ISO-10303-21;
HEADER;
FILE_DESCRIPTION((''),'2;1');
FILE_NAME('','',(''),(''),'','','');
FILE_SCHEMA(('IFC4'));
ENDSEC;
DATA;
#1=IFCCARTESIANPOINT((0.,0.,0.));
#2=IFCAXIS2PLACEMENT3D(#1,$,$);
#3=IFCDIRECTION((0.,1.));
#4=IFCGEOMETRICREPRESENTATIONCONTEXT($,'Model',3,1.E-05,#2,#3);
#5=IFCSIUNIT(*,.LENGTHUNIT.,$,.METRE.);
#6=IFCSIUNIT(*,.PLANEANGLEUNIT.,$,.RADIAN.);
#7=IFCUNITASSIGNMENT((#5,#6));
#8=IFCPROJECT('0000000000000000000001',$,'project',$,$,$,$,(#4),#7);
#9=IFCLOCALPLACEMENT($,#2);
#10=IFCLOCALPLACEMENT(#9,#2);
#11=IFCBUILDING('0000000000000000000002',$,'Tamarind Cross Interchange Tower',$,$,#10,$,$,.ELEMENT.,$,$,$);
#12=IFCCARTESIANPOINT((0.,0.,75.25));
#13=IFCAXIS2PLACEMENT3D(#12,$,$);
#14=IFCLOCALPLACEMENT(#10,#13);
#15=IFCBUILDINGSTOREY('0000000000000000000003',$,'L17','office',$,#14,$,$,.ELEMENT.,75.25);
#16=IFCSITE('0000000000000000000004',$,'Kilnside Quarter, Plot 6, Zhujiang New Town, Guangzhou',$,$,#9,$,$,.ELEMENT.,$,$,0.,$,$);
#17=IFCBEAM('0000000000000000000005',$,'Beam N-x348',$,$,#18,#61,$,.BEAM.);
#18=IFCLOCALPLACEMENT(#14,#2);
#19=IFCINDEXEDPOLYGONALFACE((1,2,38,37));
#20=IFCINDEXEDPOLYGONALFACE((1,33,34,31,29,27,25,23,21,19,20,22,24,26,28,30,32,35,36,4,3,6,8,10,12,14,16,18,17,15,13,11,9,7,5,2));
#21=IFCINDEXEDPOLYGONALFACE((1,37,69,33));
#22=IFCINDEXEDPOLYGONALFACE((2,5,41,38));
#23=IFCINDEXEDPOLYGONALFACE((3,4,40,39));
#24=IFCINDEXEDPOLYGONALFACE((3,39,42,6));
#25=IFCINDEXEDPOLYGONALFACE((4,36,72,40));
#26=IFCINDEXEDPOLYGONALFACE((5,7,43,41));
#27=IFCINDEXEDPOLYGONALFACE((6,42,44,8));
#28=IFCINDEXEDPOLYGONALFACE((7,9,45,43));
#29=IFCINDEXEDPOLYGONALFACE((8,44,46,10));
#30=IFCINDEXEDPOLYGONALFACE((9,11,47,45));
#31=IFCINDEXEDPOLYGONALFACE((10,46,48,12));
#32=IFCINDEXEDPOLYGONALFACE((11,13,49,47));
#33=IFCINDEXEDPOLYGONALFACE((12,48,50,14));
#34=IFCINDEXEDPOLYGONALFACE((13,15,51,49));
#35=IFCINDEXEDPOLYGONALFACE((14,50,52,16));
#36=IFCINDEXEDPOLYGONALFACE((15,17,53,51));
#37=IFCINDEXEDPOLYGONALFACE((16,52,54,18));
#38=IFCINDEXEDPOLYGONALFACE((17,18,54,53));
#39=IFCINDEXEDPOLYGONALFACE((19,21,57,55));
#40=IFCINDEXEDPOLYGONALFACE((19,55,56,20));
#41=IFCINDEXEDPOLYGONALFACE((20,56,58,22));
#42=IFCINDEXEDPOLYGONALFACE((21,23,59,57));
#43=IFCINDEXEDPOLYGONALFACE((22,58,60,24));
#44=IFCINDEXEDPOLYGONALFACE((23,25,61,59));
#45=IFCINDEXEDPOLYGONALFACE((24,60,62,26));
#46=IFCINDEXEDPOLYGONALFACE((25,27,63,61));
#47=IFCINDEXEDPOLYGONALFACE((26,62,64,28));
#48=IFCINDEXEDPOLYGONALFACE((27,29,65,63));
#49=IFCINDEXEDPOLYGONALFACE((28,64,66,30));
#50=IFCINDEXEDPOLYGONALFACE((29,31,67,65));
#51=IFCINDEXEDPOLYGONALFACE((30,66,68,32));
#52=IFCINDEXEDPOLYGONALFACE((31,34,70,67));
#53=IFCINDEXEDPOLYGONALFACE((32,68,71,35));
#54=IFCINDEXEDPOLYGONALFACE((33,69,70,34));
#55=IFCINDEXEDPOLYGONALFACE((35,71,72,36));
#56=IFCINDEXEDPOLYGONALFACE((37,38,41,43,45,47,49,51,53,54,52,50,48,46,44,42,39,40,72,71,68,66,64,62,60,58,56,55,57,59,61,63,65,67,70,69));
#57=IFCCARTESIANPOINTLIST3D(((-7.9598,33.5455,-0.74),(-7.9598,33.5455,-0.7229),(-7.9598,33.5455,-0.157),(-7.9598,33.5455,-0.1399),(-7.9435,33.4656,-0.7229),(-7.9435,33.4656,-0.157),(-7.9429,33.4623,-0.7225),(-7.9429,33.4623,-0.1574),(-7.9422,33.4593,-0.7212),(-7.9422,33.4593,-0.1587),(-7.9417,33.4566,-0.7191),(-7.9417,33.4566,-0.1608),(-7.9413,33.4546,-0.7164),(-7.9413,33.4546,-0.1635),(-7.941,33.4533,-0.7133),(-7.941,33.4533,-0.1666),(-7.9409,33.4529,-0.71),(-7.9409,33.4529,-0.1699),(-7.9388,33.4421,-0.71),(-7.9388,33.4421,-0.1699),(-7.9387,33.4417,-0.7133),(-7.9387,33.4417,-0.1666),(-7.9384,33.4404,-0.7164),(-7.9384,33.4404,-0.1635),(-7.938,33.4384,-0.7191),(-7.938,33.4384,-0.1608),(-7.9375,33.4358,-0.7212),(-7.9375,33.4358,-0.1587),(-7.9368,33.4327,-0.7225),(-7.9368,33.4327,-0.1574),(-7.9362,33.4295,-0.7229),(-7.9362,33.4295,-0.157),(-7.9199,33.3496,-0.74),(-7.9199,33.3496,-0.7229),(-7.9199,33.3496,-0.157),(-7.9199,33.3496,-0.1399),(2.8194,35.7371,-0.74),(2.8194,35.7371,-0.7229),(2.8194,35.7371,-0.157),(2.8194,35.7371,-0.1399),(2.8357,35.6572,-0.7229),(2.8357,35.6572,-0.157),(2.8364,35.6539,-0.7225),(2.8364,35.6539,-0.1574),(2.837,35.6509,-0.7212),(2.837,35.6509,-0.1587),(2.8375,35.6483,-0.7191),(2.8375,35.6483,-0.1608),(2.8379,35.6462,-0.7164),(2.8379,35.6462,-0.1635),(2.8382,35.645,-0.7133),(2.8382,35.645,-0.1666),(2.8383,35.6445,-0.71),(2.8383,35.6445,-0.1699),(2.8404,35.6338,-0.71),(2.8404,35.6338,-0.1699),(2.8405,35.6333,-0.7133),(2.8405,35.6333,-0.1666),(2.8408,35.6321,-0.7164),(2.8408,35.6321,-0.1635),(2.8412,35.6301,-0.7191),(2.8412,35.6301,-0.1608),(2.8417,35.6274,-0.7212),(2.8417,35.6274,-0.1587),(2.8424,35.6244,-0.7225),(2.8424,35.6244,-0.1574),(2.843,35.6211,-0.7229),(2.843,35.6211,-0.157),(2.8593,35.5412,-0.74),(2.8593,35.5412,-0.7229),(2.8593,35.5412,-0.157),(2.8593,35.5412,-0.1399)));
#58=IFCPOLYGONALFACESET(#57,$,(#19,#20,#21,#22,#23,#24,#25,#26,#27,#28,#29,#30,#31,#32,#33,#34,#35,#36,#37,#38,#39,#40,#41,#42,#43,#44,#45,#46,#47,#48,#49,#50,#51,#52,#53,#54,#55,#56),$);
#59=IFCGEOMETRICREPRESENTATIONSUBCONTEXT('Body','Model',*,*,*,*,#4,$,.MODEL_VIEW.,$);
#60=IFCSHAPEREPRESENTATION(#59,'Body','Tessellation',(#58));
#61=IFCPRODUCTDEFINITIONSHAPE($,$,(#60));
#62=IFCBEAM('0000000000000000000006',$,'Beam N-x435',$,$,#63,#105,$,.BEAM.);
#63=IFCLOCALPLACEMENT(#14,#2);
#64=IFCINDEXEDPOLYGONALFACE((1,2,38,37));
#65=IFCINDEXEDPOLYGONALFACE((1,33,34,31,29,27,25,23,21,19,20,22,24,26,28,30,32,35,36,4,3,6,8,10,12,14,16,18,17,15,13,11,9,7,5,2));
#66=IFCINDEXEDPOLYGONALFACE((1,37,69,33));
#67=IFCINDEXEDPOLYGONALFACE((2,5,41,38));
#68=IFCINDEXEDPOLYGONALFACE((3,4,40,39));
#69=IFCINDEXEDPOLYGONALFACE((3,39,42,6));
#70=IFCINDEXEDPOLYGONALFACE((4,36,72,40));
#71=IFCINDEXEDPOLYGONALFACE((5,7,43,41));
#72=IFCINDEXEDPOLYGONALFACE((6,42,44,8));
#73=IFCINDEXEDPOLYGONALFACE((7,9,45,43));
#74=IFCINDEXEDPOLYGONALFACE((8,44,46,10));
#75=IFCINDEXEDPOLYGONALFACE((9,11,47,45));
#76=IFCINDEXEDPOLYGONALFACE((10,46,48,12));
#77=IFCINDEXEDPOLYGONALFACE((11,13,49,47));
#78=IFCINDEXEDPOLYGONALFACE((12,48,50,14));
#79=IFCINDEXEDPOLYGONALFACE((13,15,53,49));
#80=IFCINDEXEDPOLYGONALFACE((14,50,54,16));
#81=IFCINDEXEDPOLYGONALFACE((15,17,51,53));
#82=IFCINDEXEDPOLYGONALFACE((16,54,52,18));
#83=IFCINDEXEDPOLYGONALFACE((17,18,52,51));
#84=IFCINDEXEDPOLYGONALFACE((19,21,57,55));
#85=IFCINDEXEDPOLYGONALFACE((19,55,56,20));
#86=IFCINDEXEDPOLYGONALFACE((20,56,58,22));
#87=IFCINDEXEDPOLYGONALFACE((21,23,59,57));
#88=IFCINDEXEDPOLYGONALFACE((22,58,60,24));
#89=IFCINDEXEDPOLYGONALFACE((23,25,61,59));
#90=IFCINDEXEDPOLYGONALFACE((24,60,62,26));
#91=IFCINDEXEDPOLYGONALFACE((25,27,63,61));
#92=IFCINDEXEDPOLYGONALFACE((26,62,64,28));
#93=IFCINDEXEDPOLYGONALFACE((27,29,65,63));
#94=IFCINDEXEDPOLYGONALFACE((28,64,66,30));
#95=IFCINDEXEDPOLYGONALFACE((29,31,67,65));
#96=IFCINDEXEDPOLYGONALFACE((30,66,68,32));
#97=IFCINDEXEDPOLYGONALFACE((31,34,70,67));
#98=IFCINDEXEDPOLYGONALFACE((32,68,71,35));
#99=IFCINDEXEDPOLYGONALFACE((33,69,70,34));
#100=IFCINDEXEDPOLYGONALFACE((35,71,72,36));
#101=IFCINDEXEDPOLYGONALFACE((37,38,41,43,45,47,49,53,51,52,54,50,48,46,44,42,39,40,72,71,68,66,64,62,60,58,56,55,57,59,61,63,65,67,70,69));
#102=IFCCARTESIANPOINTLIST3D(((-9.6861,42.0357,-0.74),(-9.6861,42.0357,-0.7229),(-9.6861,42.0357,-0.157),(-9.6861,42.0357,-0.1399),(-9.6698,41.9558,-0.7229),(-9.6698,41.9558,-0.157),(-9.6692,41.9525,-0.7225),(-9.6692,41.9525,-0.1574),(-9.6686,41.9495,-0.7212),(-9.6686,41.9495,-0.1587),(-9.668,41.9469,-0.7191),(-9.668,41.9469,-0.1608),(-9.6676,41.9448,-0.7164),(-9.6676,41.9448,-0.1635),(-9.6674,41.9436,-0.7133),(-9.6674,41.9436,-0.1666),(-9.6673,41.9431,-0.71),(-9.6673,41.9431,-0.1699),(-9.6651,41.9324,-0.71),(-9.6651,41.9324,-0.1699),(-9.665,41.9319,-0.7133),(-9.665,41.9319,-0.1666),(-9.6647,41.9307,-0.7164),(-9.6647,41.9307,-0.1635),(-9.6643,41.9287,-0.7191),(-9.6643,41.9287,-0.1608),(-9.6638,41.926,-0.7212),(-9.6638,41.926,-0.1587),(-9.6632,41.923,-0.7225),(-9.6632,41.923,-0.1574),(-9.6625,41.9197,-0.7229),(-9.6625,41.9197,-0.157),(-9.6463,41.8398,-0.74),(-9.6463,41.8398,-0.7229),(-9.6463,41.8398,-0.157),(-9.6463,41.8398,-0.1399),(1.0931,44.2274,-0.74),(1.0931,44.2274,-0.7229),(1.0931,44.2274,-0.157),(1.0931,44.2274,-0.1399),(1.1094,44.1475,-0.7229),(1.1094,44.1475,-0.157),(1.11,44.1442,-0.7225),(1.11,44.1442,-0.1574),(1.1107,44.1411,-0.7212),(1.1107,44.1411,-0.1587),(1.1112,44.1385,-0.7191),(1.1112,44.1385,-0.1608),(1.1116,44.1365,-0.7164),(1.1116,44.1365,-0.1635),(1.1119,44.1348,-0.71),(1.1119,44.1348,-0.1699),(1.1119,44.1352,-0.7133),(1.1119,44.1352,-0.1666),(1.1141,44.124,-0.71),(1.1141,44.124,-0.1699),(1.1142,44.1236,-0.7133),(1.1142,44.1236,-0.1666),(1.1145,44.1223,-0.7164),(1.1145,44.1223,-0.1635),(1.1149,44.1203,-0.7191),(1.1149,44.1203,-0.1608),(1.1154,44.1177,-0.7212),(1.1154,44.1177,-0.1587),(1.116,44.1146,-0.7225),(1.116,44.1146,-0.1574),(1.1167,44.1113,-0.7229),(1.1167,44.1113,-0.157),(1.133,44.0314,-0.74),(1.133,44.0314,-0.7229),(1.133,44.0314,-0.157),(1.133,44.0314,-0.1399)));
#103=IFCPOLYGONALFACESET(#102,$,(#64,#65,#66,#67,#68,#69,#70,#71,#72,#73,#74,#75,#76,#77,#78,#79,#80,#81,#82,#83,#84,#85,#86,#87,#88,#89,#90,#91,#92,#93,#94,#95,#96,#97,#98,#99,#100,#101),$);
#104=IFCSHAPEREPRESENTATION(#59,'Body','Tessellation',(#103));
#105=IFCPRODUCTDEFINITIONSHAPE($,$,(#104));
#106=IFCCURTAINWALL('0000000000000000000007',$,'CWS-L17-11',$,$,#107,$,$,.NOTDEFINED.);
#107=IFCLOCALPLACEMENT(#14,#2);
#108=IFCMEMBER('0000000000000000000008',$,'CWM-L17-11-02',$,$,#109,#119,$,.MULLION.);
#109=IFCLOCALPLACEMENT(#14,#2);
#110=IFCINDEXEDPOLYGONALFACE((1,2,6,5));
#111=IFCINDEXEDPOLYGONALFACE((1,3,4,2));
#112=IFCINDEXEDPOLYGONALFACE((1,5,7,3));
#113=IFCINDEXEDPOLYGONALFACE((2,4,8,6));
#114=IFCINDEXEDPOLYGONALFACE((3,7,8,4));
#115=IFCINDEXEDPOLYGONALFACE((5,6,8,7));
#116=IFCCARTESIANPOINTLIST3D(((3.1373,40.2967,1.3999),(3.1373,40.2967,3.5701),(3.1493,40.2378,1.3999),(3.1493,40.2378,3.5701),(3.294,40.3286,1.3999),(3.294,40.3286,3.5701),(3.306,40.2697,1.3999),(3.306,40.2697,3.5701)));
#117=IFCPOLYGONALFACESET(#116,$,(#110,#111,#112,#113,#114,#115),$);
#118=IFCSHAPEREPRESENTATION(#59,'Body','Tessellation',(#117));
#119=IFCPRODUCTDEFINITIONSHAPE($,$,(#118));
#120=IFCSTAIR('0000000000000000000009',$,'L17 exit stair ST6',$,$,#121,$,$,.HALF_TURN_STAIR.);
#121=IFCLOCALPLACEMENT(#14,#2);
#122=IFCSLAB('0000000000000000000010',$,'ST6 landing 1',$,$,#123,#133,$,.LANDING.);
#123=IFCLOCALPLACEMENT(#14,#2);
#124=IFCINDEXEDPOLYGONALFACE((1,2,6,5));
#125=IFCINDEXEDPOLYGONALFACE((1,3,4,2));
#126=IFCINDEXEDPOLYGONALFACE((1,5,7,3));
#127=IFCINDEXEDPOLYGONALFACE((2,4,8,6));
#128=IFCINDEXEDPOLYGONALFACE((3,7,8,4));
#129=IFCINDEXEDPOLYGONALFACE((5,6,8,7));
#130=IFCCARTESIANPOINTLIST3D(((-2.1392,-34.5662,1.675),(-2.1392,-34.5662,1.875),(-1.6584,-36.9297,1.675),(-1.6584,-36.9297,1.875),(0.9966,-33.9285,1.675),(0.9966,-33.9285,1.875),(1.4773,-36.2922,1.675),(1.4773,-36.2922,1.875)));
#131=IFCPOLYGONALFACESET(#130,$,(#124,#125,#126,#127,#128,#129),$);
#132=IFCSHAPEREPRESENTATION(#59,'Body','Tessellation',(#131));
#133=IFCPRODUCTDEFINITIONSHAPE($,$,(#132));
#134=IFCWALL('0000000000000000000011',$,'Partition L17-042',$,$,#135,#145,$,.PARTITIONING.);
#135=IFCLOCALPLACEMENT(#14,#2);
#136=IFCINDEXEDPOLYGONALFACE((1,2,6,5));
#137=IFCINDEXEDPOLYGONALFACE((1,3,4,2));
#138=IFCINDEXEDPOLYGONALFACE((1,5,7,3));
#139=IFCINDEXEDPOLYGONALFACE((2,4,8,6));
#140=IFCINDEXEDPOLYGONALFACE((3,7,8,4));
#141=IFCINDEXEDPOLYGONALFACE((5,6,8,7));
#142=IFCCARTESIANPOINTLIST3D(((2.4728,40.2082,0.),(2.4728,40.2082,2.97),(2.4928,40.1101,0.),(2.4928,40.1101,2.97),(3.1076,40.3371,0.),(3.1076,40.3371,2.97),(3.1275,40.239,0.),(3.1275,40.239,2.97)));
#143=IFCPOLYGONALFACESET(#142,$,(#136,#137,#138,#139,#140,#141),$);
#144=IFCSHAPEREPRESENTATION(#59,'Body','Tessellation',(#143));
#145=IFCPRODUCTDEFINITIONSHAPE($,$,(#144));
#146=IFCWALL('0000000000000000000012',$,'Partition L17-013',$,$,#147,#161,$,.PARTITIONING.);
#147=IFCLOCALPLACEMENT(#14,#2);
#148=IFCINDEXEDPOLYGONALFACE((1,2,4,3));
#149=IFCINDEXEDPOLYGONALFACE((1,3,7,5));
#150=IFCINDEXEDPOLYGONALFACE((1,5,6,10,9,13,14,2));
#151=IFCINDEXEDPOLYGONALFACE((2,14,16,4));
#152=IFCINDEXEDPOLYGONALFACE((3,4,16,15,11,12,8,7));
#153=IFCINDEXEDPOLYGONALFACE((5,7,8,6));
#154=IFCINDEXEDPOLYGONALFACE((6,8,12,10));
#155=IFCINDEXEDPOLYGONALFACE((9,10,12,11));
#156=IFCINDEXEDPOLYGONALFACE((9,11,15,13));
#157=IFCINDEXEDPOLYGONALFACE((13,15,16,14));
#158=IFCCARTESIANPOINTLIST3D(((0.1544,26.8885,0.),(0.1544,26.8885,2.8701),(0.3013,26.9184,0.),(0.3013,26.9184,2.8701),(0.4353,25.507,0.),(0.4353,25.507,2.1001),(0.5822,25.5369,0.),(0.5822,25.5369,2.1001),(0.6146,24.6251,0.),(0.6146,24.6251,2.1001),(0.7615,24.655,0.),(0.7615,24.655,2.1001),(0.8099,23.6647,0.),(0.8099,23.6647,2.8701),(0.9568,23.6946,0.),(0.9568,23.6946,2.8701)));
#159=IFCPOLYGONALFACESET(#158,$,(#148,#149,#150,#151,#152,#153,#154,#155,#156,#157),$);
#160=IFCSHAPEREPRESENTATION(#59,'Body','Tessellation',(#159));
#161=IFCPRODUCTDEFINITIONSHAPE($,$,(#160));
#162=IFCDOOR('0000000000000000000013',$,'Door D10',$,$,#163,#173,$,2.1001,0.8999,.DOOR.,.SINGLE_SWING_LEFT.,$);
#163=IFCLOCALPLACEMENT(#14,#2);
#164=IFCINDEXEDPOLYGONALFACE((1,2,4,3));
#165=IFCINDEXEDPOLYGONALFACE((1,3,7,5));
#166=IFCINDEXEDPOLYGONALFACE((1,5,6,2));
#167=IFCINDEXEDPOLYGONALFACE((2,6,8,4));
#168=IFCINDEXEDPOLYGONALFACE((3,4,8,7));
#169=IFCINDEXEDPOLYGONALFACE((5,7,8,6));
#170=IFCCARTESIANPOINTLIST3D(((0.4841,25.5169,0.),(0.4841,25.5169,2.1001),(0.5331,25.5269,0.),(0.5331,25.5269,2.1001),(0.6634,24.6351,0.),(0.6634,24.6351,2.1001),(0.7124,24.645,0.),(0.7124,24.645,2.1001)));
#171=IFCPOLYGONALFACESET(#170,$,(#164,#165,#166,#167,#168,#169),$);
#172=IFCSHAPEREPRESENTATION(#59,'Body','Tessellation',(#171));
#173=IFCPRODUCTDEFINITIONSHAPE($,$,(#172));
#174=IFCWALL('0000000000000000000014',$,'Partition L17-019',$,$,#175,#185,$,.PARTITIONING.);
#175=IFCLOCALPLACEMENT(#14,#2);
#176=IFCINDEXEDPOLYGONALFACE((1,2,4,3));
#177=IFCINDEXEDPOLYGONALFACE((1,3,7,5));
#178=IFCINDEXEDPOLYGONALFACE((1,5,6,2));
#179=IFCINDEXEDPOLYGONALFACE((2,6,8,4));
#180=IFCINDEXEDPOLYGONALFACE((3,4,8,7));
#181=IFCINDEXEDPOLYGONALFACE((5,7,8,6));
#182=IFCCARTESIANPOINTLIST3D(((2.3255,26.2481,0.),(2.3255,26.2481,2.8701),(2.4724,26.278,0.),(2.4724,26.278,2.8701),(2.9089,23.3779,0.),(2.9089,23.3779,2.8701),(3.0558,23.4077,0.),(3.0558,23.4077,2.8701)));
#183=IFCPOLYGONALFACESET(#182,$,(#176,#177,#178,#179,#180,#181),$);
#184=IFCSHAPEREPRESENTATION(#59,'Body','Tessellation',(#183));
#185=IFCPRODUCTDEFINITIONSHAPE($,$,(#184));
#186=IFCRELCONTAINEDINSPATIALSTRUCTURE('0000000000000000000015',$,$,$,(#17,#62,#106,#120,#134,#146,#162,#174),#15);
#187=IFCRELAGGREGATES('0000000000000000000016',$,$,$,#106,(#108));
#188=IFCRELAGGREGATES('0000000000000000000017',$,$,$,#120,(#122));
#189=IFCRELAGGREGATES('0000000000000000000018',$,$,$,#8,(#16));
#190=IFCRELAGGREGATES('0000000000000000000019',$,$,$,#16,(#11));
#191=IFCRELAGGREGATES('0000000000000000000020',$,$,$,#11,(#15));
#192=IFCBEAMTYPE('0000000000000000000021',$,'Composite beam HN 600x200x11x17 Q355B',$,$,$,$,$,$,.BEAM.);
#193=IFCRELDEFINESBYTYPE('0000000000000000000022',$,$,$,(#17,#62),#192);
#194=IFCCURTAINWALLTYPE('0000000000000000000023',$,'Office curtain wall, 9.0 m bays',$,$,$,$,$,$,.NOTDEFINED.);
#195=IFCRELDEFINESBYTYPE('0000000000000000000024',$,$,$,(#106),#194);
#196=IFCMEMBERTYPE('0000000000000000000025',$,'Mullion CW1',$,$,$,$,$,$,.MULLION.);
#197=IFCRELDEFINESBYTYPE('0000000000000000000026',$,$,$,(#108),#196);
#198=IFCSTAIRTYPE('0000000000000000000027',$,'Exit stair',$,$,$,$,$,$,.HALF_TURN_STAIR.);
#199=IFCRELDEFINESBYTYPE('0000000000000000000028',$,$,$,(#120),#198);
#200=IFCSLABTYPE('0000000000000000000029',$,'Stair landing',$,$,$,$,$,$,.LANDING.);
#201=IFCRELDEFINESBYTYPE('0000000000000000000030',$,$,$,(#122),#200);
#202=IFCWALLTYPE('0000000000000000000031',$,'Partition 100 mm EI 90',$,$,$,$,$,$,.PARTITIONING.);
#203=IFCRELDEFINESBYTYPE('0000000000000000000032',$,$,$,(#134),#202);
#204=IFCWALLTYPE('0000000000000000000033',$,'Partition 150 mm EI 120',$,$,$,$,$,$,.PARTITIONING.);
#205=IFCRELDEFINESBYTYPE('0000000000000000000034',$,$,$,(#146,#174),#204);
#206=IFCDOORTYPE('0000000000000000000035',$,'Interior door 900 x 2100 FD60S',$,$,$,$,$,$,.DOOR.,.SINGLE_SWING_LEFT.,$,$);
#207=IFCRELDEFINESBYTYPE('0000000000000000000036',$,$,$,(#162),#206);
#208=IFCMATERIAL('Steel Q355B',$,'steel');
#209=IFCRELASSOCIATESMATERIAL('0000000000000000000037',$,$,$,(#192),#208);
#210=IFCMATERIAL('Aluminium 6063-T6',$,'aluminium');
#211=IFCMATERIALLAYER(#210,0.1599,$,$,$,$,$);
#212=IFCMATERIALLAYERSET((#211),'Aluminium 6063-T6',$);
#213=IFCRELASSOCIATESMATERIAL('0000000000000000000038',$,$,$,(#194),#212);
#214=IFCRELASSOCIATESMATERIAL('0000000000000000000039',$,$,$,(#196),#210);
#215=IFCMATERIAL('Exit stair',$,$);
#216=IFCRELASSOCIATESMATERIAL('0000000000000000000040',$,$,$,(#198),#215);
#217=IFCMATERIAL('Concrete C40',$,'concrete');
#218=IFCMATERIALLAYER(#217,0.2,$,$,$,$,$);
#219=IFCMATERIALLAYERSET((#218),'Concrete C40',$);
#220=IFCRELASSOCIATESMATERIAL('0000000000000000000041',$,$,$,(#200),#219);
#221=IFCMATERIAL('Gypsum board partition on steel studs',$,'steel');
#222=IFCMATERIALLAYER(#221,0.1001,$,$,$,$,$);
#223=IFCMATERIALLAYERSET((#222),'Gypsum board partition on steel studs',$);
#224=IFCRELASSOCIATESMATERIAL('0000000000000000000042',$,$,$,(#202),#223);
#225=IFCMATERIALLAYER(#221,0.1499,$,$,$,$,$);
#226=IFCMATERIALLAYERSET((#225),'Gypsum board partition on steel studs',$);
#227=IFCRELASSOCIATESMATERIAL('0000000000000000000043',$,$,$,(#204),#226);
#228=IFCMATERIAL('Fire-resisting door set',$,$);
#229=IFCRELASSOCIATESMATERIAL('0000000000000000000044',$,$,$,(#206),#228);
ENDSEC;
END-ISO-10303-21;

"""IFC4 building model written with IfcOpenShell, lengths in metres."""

from ifc_helpers import new_model, si_unit, direction, frame, frame_2d, origin, origin_2d, place, context, subcontext, project, spatial, polyline, rectangle, i_section, outline, extrude, material, layer, layer_set, material_profile, profile_set, type_object, element, fill, aggregate, save


model = new_model("IFC4")

# Units and contexts
model_context = context("Model", 3, precision=1e-05, world=origin(), true_north=direction((0.0, 1.0)))
body_context = subcontext(model_context, "Body", "Model", "MODEL_VIEW")
ifc_project = project(units=[si_unit("LENGTHUNIT", "METRE"), si_unit("PLANEANGLEUNIT", "RADIAN")], contexts=[model_context])

# Site, building, storey
site_placement = place(None, origin())
site = spatial("IfcSite", under=ifc_project, at=site_placement, Name="Kilnside Quarter, Plot 6, Zhujiang New Town, Guangzhou", CompositionType="ELEMENT", RefElevation=0.0)
building_placement = place(site_placement, origin())
building = spatial("IfcBuilding", under=site, at=building_placement, Name="Tamarind Cross Interchange Tower", CompositionType="ELEMENT")
storey_placement = place(building_placement, frame((0.0, 0.0, 75.25)))
storey = spatial("IfcBuildingStorey", under=building, at=storey_placement, Name="L17", Description="office", CompositionType="ELEMENT", Elevation=75.25)

# Beams
ifc_material_1 = material(Name="Steel Q355B", Category="steel")
ifc_material_profile_1 = material_profile(ifc_material_1, i_section(OverallWidth=0.2, OverallDepth=0.6001, WebThickness=0.011, FlangeThickness=0.0171, FilletRadius=0.0129, at=origin_2d()), Name="HN 600x200x11x17")
ifc_profile_set_1 = profile_set([ifc_material_profile_1], Name="Steel Q355B")
beam_type_1 = type_object("IfcBeamType", Name="Composite beam HN 600x200x11x17 Q355B", PredefinedType="BEAM", material=ifc_profile_set_1)
for number, where, z_axis, x_axis, name in (
    (1, (2.8394, 35.6392, -0.4399), (-0.97995, -0.199244, 0.0), (0.199244, -0.97995, 0.0), "Beam N-x348"),
    (2, (1.113, 44.1294, -0.4399), (-0.97995, -0.199244, 0.0), (0.199244, -0.97995, 0.0), "Beam N-x435"),
):
    element("IfcBeam", number, at=place(storey_placement, frame(where, z_axis=z_axis, x_axis=x_axis)), inside=storey, type_object=beam_type_1, Name=name, PredefinedType="BEAM", context=body_context, shape_type="SweptSolid", body=[
        extrude(i_section(OverallWidth=0.2, OverallDepth=0.6001, WebThickness=0.011, FlangeThickness=0.0171, FilletRadius=0.0129, at=origin_2d()), origin(), (0.0, 0.0, 1.0), 10.9998),
    ])

# Curtain wall, member
ifc_material_2 = material(Name="Aluminium 6063-T6", Category="aluminium")
ifc_layer_1 = layer(ifc_material_2, 0.1599)
ifc_layer_set_1 = layer_set([ifc_layer_1], Name="Aluminium 6063-T6")
curtain_wall_type = type_object("IfcCurtainWallType", Name="Office curtain wall, 9.0 m bays", PredefinedType="NOTDEFINED", material=ifc_layer_set_1)
curtain_wall_placement = place(storey_placement, origin())
curtain_wall = element("IfcCurtainWall", 3, at=curtain_wall_placement, inside=storey, type_object=curtain_wall_type, Name="CWS-L17-11", PredefinedType="NOTDEFINED")
ifc_material_profile_2 = material_profile(ifc_material_2, rectangle(XDim=0.0601, YDim=0.1599, at=origin_2d()), Name="Mullion CW1")
ifc_profile_set_2 = profile_set([ifc_material_profile_2], Name="Aluminium 6063-T6")
member_type = type_object("IfcMemberType", Name="Mullion CW1", PredefinedType="MULLION", material=ifc_profile_set_2)
member_placement = place(storey_placement, frame((3.2217, 40.2832, 1.3999), z_axis=(0.0, 0.0, 1.0), x_axis=(-0.199245, 0.97995, 0.0)))
member = element("IfcMember", 4, at=member_placement, type_object=member_type, Name="CWM-L17-11-02", PredefinedType="MULLION", context=body_context, shape_type="SweptSolid", body=[
    extrude(rectangle(XDim=0.0601, YDim=0.1599, at=origin_2d()), origin(), (0.0, 0.0, 1.0), 2.1702),
])
aggregate(curtain_wall, [member])

# Stair, slab
ifc_material_3 = material(Name="Exit stair")
stair_type = type_object("IfcStairType", Name="Exit stair", PredefinedType="HALF_TURN_STAIR", material=ifc_material_3)
stair_1_placement = place(storey_placement, origin())
stair_1 = element("IfcStair", 5, at=stair_1_placement, inside=storey, type_object=stair_type, Name="L17 exit stair ST6", PredefinedType="HALF_TURN_STAIR")
ifc_material_4 = material(Name="Concrete C40", Category="concrete")
ifc_layer_2 = layer(ifc_material_4, 0.2)
ifc_layer_set_2 = layer_set([ifc_layer_2], Name="Concrete C40")
slab_type = type_object("IfcSlabType", Name="Stair landing", PredefinedType="LANDING", material=ifc_layer_set_2)
slab_placement = place(storey_placement, frame((0.0, 0.0, 1.675)))
slab = element("IfcSlab", 6, at=slab_placement, type_object=slab_type, Name="ST6 landing 1", PredefinedType="LANDING", context=body_context, shape_type="SweptSolid", body=[
    extrude(outline(polyline([(-2.1392, -34.5662), (-1.6584, -36.9297), (1.4773, -36.2922), (0.9966, -33.9285), (-2.1392, -34.5662)])), origin(), (0.0, 0.0, 1.0), 0.2),
])
aggregate(stair_1, [slab])

# Wall
ifc_material_5 = material(Name="Gypsum board partition on steel studs", Category="steel")
ifc_layer_3 = layer(ifc_material_5, 0.1001)
ifc_layer_set_3 = layer_set([ifc_layer_3], Name="Gypsum board partition on steel studs")
wall_type_1 = type_object("IfcWallType", Name="Partition 100 mm EI 90", PredefinedType="PARTITIONING", material=ifc_layer_set_3)
wall_1_placement = place(storey_placement, frame((2.4829, 40.1592, 0.0), z_axis=(0.0, 0.0, 1.0), x_axis=(0.979997, 0.199015, 0.0)))
element("IfcWall", 7, at=wall_1_placement, inside=storey, type_object=wall_type_1, Name="Partition L17-042", PredefinedType="PARTITIONING", context=body_context, shape_type="SweptSolid", body=[
    extrude(rectangle(XDim=0.6477, YDim=0.1001, at=frame_2d((0.3237, 0.0))), origin(), (0.0, 0.0, 1.0), 2.97),
])

# Wall, opening, door
ifc_layer_4 = layer(ifc_material_5, 0.1499)
ifc_layer_set_4 = layer_set([ifc_layer_4], Name="Gypsum board partition on steel studs")
wall_type_2 = type_object("IfcWallType", Name="Partition 150 mm EI 120", PredefinedType="PARTITIONING", material=ifc_layer_set_4)
wall_2_placement = place(storey_placement, frame((0.2278, 26.9036, 0.0), z_axis=(0.0, 0.0, 1.0), x_axis=(0.199255, -0.979948, 0.0)))
wall_2 = element("IfcWall", 8, at=wall_2_placement, inside=storey, type_object=wall_type_2, Name="Partition L17-013", PredefinedType="PARTITIONING", context=body_context, shape_type="SweptSolid", body=[
    extrude(rectangle(XDim=3.2898, YDim=0.1499, at=frame_2d((1.645, 0.0))), origin(), (0.0, 0.0, 1.0), 2.8701),
])
opening_1_placement = place(wall_2_placement, frame((1.4099, 0.0, 0.0)))
opening_1 = element("IfcOpeningElement", 9, at=opening_1_placement, cuts=wall_2, PredefinedType="OPENING", context=body_context, shape_type="SweptSolid", body=[
    extrude(rectangle(XDim=0.8999, YDim=2.1001, at=frame_2d((0.45, 1.05))), frame((0.0, 0.085, 0.0), z_axis=(0.0, -1.0, 0.0), x_axis=(1.0, 0.0, 0.0)), (0.0, 0.0, 1.0), 0.1699),
])
ifc_material_6 = material(Name="Fire-resisting door set")
door_type_1 = type_object("IfcDoorType", Name="Interior door 900 x 2100 FD60S", OperationType="SINGLE_SWING_LEFT", PredefinedType="DOOR", material=ifc_material_6)
door_1_placement = place(opening_1_placement, origin())
door_1 = element("IfcDoor", 10, at=door_1_placement, inside=storey, type_object=door_type_1, Name="Door D10", OperationType="SINGLE_SWING_LEFT", OverallHeight=2.1001, OverallWidth=0.8999, PredefinedType="DOOR", context=body_context, shape_type="SweptSolid", body=[
    extrude(rectangle(XDim=0.8999, YDim=2.1001, at=frame_2d((0.45, 1.05))), frame((0.0, 0.0249, 0.0), z_axis=(0.0, -1.0, 0.0), x_axis=(1.0, 0.0, 0.0)), (0.0, 0.0, 1.0), 0.05),
])
fill(opening_1, door_1)

# Wall
wall_3_placement = place(storey_placement, frame((2.3989, 26.2629, 0.0), z_axis=(0.0, 0.0, 1.0), x_axis=(0.199209, -0.979957, 0.0)))
element("IfcWall", 11, at=wall_3_placement, inside=storey, type_object=wall_type_2, Name="Partition L17-019", PredefinedType="PARTITIONING", context=body_context, shape_type="SweptSolid", body=[
    extrude(rectangle(XDim=2.929, YDim=0.1499, at=frame_2d((1.4644, 0.0))), origin(), (0.0, 0.0, 1.0), 2.8701),
])

save(model, "model.ifc")
